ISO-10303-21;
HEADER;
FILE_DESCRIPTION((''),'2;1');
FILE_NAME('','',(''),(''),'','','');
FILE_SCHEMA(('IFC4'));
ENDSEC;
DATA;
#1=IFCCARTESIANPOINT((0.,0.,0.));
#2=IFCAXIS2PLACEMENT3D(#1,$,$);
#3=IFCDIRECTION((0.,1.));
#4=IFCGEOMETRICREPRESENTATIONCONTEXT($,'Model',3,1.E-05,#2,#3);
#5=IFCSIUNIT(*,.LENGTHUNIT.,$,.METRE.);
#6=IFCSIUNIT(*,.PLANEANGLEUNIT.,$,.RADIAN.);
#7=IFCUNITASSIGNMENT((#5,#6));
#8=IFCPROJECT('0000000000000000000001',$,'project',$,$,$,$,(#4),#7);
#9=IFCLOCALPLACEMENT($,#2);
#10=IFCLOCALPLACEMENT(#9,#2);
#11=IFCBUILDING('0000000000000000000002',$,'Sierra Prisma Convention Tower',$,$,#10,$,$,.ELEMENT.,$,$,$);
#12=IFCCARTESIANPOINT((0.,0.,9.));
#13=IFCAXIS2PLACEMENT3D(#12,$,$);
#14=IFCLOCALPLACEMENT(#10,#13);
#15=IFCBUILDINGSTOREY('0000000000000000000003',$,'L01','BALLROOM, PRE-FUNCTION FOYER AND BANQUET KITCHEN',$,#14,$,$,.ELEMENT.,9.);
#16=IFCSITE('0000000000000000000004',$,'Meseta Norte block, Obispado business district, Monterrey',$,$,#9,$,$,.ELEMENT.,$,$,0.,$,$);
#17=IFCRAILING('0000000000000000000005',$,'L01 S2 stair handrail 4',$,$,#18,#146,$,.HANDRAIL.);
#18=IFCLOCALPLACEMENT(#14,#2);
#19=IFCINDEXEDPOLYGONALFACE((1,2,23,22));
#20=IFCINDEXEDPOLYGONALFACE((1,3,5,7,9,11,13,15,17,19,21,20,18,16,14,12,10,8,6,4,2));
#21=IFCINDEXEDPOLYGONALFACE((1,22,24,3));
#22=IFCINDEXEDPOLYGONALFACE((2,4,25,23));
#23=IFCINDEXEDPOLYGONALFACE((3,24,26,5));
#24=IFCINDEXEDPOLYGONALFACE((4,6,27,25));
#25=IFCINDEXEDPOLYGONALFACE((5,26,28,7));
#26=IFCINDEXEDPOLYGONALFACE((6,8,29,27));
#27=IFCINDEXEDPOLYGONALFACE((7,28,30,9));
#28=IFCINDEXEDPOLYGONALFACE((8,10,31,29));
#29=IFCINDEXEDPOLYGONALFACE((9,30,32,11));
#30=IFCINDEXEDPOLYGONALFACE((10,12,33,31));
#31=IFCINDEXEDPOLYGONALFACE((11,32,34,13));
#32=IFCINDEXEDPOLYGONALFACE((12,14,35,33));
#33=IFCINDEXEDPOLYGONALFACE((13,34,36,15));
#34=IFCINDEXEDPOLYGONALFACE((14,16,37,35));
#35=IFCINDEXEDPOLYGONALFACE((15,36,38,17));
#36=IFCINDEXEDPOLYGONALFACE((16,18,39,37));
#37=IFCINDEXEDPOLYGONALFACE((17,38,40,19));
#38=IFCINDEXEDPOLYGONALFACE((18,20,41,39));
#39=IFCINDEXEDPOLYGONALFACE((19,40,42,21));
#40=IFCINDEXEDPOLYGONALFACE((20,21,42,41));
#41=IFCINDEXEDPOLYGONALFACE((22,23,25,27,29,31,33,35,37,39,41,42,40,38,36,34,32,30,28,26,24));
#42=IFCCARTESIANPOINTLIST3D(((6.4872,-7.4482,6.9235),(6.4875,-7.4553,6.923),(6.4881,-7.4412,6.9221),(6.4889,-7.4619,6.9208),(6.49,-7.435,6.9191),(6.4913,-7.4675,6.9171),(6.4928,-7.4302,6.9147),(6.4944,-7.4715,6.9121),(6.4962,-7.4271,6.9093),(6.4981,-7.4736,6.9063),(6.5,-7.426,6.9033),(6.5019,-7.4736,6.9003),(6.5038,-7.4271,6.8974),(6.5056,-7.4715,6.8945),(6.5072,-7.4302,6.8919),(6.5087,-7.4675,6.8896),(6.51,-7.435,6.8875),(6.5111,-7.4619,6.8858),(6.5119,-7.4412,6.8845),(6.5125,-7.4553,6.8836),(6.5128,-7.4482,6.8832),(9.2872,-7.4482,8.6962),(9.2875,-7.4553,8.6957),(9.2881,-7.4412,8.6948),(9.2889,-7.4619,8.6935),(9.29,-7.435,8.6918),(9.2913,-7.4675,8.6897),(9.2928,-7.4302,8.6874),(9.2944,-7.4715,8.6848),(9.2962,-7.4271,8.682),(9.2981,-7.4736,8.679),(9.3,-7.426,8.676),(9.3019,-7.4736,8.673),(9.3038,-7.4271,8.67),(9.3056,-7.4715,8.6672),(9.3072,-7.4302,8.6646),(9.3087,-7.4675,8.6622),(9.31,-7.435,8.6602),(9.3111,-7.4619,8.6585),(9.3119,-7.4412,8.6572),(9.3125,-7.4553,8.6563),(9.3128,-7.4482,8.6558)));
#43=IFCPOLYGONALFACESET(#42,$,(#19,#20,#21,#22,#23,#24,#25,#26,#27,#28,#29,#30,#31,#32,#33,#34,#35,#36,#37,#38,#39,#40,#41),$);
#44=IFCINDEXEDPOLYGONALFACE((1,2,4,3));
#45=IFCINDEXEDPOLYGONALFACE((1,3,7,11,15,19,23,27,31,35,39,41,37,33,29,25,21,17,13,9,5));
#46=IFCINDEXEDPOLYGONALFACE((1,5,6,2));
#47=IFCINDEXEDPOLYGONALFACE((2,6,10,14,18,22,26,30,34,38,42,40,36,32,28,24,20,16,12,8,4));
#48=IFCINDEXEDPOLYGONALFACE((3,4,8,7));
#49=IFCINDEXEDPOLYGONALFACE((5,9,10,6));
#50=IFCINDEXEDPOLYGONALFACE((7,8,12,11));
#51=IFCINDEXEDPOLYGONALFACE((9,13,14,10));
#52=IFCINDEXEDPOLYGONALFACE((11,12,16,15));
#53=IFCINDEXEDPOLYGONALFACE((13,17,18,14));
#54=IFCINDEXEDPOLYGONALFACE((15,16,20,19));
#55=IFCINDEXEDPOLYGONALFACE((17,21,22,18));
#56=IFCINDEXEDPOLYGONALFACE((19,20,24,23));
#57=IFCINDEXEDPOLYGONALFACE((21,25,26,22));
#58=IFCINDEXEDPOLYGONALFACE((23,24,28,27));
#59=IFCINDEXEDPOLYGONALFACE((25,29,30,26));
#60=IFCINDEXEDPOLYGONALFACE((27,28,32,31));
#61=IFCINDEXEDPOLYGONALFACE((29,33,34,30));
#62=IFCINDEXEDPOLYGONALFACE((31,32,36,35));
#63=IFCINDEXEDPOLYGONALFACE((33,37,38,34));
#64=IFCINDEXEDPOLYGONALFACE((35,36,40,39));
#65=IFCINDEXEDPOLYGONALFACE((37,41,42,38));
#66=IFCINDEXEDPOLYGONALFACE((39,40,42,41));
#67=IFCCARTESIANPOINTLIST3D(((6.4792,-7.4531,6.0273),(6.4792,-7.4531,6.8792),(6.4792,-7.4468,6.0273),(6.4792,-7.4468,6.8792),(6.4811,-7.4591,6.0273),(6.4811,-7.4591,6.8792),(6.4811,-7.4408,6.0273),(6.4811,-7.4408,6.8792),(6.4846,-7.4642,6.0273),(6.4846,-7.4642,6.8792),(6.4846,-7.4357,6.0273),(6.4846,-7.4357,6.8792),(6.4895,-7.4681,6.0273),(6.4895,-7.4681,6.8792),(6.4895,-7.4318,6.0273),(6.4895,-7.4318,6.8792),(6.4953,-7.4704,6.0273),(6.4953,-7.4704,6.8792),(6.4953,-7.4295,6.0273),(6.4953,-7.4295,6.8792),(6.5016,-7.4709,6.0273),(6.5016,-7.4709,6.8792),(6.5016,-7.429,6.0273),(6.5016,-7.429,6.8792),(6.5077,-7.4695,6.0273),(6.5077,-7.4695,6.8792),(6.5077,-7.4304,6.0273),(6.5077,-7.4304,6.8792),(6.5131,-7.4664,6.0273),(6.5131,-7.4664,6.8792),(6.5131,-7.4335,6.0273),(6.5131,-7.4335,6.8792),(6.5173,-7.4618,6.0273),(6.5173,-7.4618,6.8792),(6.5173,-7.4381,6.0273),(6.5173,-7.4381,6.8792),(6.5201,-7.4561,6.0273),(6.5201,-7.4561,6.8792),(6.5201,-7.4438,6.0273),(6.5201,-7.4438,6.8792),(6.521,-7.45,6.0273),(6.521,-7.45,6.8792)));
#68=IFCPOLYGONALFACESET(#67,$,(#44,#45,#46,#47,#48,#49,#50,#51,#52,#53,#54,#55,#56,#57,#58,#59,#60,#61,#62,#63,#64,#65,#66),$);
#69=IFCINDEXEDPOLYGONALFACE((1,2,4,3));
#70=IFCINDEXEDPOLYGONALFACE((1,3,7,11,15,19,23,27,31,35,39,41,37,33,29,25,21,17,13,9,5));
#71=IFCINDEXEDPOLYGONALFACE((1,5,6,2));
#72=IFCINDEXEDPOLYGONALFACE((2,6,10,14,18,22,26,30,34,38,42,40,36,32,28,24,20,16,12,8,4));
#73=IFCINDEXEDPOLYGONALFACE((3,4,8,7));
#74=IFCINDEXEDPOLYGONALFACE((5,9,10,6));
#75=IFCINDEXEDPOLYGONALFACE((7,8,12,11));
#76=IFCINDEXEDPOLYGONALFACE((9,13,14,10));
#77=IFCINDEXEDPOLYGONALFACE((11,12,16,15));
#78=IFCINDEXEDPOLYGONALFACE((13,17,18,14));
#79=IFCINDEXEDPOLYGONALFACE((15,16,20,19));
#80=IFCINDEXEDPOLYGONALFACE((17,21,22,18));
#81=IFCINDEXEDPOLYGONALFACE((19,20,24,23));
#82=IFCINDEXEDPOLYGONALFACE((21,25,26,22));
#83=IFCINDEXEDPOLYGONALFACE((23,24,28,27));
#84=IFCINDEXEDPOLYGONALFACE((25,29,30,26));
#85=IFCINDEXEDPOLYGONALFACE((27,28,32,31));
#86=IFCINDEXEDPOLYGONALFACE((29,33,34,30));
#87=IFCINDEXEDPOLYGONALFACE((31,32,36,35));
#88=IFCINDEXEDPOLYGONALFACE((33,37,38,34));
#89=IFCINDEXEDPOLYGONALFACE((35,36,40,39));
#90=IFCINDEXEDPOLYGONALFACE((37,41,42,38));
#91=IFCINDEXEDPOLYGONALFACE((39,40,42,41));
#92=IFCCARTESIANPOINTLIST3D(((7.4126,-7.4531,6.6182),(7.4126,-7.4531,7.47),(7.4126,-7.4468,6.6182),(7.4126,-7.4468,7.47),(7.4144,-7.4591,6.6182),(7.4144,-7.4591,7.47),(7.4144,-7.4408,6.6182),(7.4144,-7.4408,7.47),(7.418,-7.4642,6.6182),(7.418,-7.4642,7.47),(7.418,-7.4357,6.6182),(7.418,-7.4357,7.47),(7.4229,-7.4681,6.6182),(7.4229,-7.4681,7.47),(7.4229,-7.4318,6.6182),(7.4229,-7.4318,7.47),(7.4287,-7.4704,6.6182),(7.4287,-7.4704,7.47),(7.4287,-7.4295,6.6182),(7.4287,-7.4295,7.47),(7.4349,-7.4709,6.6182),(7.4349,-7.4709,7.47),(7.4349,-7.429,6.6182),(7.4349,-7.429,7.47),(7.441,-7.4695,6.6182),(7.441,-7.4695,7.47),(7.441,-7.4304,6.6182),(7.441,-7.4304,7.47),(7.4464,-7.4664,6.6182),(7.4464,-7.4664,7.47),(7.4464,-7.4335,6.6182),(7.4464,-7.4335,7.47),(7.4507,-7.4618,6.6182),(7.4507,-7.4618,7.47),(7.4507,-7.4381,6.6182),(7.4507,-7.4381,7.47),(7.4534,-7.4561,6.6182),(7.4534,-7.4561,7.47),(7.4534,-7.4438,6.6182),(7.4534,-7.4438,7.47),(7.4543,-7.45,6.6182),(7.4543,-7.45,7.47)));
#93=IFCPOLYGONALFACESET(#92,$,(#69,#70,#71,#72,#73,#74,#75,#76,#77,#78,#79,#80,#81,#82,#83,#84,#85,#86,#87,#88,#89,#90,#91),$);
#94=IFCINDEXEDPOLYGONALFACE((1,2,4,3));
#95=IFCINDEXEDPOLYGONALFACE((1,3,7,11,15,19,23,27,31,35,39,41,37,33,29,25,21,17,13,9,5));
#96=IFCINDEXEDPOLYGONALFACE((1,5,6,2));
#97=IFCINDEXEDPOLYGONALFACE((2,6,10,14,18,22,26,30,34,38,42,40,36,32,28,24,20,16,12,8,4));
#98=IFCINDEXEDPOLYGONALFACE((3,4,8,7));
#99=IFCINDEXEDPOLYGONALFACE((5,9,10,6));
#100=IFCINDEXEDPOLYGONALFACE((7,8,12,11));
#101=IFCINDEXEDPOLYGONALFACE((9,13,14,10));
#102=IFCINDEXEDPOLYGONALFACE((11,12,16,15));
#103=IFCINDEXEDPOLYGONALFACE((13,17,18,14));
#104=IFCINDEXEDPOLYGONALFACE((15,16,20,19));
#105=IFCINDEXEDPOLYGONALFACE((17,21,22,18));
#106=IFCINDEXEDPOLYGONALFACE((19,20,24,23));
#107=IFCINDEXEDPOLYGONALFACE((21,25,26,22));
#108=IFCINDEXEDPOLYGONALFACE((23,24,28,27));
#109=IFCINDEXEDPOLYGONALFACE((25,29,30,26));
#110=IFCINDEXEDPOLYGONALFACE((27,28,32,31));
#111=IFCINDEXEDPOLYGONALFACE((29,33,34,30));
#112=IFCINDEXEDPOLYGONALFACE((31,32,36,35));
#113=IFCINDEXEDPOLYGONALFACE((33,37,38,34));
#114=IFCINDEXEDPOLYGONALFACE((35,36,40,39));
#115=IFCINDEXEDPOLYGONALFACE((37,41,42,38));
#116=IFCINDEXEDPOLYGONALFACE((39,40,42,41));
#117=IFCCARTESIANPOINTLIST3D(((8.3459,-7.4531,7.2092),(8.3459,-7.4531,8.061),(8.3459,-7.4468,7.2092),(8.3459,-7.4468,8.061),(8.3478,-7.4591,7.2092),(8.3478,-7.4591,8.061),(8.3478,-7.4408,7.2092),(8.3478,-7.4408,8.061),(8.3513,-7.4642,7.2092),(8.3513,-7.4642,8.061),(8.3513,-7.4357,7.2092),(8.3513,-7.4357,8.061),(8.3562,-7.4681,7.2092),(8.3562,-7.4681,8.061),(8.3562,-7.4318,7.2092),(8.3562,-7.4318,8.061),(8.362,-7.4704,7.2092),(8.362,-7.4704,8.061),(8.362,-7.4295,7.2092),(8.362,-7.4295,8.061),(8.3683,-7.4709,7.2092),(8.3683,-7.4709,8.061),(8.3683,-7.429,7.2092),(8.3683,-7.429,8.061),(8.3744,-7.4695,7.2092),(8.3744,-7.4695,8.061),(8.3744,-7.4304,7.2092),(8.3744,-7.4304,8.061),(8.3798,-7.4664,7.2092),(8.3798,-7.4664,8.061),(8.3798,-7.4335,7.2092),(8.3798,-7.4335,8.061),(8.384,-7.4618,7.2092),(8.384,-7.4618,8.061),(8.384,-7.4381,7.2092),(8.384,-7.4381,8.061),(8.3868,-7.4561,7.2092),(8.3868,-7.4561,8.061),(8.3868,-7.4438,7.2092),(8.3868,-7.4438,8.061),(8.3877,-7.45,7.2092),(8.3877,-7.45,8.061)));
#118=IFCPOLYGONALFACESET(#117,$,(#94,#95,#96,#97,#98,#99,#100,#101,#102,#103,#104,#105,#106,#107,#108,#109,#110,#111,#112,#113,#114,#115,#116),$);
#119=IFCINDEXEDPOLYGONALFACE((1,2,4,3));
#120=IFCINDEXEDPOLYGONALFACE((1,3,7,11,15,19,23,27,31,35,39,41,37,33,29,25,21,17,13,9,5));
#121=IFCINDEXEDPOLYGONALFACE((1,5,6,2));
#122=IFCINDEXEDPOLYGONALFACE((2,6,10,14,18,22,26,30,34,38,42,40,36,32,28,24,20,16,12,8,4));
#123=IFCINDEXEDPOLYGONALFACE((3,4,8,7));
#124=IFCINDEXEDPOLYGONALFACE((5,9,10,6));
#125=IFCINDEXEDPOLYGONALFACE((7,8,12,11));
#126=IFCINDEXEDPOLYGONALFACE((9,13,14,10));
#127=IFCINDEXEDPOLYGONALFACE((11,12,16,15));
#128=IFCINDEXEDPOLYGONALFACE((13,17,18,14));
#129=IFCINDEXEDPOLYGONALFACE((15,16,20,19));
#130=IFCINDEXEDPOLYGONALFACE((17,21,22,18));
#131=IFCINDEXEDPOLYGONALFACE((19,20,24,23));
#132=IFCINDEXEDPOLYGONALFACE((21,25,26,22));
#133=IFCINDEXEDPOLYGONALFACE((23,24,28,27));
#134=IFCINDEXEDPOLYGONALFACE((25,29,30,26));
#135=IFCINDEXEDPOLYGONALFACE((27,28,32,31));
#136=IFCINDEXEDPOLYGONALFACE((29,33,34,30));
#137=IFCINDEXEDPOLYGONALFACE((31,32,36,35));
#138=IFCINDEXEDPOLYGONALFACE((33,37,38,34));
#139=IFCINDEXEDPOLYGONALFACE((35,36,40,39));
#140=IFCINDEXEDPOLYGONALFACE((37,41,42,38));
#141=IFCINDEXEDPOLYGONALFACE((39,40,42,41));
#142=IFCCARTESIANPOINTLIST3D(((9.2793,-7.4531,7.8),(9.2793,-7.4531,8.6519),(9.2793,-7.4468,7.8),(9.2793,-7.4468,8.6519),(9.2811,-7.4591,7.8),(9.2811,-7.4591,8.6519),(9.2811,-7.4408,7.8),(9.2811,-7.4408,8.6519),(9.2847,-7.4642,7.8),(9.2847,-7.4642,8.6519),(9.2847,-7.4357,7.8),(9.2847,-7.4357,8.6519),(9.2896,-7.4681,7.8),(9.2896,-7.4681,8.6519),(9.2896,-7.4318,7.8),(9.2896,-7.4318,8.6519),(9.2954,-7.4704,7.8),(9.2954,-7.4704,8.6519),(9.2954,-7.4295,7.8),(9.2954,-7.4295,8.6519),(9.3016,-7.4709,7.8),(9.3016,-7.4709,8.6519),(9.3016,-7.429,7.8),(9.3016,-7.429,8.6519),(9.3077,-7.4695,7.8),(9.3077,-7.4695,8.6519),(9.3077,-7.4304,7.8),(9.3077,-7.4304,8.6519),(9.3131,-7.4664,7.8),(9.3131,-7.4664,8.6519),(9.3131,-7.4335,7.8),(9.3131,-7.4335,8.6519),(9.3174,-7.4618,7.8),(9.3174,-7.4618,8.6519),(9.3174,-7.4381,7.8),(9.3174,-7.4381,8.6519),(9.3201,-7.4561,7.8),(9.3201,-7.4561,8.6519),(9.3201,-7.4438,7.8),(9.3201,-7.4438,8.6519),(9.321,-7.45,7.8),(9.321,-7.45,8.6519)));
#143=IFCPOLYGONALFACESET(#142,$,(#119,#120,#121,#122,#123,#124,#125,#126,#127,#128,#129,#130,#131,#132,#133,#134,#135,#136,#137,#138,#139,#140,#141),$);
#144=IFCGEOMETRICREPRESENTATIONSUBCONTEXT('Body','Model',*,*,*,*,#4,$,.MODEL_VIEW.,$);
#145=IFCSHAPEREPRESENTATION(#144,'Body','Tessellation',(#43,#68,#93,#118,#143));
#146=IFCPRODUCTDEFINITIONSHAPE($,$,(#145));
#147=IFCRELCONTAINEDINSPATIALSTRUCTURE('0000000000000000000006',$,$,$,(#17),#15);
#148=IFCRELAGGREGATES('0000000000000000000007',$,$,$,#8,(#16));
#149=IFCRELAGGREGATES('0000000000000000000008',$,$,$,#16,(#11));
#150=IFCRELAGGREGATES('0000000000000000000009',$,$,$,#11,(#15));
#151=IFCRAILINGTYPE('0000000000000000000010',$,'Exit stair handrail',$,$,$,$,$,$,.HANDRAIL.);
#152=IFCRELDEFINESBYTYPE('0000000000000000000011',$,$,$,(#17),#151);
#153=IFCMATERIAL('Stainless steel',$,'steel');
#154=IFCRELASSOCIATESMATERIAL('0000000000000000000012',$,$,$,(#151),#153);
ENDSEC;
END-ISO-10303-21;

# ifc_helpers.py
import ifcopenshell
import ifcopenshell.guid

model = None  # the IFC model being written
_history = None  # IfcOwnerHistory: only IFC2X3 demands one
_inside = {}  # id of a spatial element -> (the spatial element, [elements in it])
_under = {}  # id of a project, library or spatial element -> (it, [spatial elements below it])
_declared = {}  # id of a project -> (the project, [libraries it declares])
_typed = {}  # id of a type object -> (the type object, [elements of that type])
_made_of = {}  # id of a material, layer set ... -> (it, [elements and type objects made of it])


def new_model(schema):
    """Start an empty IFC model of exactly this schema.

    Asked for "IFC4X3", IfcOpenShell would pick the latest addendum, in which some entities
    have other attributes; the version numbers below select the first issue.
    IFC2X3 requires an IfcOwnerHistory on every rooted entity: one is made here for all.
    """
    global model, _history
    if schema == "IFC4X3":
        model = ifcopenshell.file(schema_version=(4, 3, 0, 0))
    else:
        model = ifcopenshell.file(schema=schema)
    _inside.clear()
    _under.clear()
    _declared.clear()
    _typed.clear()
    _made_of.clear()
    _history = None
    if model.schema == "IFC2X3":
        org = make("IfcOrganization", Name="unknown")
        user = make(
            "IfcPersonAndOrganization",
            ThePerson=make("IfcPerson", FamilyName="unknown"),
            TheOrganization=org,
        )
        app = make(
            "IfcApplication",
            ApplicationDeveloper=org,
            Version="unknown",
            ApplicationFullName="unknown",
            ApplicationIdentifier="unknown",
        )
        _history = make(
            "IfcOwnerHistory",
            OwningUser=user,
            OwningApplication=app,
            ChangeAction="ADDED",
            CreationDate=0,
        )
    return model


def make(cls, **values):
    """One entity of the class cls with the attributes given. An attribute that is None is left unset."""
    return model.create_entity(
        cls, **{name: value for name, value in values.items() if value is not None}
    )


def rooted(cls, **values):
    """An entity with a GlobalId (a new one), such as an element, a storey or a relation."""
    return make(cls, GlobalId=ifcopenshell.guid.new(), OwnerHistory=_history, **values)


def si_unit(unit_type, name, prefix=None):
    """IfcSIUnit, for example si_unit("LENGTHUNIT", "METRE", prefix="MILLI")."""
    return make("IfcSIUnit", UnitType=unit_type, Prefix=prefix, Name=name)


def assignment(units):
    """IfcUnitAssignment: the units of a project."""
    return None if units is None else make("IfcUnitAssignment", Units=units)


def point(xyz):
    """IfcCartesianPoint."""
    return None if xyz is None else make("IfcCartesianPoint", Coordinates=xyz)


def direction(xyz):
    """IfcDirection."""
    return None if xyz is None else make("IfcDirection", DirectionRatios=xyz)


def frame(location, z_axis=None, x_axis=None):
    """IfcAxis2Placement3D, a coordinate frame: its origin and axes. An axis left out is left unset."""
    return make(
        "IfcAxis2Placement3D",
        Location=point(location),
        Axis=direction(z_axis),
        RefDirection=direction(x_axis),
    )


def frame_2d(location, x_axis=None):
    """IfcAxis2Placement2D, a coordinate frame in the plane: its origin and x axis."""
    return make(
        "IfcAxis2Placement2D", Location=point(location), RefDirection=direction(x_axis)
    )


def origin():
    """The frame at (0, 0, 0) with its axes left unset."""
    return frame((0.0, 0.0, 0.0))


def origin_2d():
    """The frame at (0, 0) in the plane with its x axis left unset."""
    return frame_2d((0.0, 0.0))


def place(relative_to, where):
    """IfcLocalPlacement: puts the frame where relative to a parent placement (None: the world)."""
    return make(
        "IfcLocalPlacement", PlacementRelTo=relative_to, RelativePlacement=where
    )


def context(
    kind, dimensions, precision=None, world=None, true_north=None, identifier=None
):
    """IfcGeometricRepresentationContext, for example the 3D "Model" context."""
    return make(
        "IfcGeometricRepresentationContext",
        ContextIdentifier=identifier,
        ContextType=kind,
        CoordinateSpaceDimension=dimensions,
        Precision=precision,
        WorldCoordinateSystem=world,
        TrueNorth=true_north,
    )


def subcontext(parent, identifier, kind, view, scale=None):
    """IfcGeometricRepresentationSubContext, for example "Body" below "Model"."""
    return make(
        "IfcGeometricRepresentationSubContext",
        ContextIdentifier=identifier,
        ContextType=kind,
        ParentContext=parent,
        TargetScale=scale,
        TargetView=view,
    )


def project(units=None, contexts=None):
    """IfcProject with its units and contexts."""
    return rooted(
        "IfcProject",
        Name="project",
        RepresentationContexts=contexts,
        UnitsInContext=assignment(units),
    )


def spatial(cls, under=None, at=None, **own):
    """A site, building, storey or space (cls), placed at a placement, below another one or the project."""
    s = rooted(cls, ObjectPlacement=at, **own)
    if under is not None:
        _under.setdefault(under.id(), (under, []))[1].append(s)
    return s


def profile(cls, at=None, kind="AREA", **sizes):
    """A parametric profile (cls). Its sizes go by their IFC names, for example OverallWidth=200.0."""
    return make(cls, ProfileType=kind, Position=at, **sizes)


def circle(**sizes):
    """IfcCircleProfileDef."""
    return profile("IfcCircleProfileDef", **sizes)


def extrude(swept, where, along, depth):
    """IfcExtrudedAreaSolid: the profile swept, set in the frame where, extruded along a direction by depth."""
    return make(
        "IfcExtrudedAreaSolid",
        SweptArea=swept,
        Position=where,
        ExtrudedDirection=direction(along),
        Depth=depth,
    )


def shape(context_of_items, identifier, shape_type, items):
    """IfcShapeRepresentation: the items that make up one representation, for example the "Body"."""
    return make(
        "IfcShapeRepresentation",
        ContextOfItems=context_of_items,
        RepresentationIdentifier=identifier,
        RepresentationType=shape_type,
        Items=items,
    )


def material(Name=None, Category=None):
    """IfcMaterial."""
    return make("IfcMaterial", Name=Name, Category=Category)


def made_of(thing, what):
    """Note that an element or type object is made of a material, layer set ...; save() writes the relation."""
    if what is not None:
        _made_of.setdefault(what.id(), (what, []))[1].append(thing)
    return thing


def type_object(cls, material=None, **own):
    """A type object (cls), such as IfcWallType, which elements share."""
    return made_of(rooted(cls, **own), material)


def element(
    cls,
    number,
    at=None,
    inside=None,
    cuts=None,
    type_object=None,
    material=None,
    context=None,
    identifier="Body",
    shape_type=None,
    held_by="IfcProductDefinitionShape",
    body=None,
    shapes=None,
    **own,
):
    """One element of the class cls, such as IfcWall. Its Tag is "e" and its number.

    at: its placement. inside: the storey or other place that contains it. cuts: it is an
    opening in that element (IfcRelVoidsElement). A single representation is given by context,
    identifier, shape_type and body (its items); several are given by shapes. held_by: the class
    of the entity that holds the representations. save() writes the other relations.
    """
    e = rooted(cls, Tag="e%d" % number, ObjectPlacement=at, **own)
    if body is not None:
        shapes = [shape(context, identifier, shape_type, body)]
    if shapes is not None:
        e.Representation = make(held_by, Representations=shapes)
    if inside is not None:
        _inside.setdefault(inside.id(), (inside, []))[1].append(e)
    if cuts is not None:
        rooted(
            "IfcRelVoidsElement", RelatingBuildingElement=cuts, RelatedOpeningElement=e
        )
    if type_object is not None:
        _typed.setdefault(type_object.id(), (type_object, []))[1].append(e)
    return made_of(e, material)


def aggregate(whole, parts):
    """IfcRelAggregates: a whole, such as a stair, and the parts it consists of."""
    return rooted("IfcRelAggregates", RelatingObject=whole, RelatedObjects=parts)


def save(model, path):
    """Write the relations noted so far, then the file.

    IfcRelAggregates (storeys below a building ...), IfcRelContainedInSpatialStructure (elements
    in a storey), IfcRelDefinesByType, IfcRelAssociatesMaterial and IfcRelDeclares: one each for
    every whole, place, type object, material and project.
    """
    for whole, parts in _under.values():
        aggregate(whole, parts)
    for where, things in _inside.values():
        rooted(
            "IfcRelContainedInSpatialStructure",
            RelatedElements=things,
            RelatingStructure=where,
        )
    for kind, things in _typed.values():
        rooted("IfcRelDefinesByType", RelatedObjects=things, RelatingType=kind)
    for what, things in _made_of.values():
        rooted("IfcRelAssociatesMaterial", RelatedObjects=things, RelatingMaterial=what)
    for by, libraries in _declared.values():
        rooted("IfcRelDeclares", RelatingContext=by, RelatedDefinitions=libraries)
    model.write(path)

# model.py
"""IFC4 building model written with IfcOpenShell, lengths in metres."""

from ifc_helpers import new_model, si_unit, direction, frame, origin, origin_2d, place, context, subcontext, project, spatial, circle, extrude, material, type_object, element, save


model = new_model("IFC4")

# Units and contexts
model_context = context("Model", 3, precision=1e-05, world=origin(), true_north=direction((0.0, 1.0)))
body_context = subcontext(model_context, "Body", "Model", "MODEL_VIEW")
ifc_project = project(units=[si_unit("LENGTHUNIT", "METRE"), si_unit("PLANEANGLEUNIT", "RADIAN")], contexts=[model_context])

# Site, building, storey
site_placement = place(None, origin())
site = spatial("IfcSite", under=ifc_project, at=site_placement, Name="Meseta Norte block, Obispado business district, Monterrey", CompositionType="ELEMENT", RefElevation=0.0)
building_placement = place(site_placement, origin())
building = spatial("IfcBuilding", under=site, at=building_placement, Name="Sierra Prisma Convention Tower", CompositionType="ELEMENT")
storey_placement = place(building_placement, frame((0.0, 0.0, 9.0)))
storey = spatial("IfcBuildingStorey", under=building, at=storey_placement, Name="L01", Description="BALLROOM, PRE-FUNCTION FOYER AND BANQUET KITCHEN", CompositionType="ELEMENT", Elevation=9.0)

# Railing
ifc_material_1 = material(Name="Stainless steel", Category="steel")
railing_type_1 = type_object("IfcRailingType", Name="Exit stair handrail", PredefinedType="HANDRAIL", material=ifc_material_1)
for number, where, name in (
    (1, (6.5, -7.45, 6.0273), "L01 S2 stair handrail 4"),
):
    element("IfcRailing", number, at=place(storey_placement, frame(where)), inside=storey, type_object=railing_type_1, Name=name, PredefinedType="HANDRAIL", context=body_context, shape_type="SweptSolid", body=[
        extrude(circle(Radius=0.0239, at=origin_2d()), frame((0.0, 0.0, 0.876), z_axis=(0.844909, 0.0, 0.53491), x_axis=(0.0, 1.0, 0.0)), (0.0, 0.0, 1.0), 3.314),
        extrude(circle(Radius=0.021, at=origin_2d()), origin(), (0.0, 0.0, 1.0), 0.8518),
        extrude(circle(Radius=0.021, at=origin_2d()), frame((0.9333, 0.0, 0.5908)), (0.0, 0.0, 1.0), 0.8518),
        extrude(circle(Radius=0.021, at=origin_2d()), frame((1.8667, 0.0, 1.1819)), (0.0, 0.0, 1.0), 0.8518),
        extrude(circle(Radius=0.021, at=origin_2d()), frame((2.8, 0.0, 1.7727)), (0.0, 0.0, 1.0), 0.8518),
    ])

save(model, "model.ifc")
